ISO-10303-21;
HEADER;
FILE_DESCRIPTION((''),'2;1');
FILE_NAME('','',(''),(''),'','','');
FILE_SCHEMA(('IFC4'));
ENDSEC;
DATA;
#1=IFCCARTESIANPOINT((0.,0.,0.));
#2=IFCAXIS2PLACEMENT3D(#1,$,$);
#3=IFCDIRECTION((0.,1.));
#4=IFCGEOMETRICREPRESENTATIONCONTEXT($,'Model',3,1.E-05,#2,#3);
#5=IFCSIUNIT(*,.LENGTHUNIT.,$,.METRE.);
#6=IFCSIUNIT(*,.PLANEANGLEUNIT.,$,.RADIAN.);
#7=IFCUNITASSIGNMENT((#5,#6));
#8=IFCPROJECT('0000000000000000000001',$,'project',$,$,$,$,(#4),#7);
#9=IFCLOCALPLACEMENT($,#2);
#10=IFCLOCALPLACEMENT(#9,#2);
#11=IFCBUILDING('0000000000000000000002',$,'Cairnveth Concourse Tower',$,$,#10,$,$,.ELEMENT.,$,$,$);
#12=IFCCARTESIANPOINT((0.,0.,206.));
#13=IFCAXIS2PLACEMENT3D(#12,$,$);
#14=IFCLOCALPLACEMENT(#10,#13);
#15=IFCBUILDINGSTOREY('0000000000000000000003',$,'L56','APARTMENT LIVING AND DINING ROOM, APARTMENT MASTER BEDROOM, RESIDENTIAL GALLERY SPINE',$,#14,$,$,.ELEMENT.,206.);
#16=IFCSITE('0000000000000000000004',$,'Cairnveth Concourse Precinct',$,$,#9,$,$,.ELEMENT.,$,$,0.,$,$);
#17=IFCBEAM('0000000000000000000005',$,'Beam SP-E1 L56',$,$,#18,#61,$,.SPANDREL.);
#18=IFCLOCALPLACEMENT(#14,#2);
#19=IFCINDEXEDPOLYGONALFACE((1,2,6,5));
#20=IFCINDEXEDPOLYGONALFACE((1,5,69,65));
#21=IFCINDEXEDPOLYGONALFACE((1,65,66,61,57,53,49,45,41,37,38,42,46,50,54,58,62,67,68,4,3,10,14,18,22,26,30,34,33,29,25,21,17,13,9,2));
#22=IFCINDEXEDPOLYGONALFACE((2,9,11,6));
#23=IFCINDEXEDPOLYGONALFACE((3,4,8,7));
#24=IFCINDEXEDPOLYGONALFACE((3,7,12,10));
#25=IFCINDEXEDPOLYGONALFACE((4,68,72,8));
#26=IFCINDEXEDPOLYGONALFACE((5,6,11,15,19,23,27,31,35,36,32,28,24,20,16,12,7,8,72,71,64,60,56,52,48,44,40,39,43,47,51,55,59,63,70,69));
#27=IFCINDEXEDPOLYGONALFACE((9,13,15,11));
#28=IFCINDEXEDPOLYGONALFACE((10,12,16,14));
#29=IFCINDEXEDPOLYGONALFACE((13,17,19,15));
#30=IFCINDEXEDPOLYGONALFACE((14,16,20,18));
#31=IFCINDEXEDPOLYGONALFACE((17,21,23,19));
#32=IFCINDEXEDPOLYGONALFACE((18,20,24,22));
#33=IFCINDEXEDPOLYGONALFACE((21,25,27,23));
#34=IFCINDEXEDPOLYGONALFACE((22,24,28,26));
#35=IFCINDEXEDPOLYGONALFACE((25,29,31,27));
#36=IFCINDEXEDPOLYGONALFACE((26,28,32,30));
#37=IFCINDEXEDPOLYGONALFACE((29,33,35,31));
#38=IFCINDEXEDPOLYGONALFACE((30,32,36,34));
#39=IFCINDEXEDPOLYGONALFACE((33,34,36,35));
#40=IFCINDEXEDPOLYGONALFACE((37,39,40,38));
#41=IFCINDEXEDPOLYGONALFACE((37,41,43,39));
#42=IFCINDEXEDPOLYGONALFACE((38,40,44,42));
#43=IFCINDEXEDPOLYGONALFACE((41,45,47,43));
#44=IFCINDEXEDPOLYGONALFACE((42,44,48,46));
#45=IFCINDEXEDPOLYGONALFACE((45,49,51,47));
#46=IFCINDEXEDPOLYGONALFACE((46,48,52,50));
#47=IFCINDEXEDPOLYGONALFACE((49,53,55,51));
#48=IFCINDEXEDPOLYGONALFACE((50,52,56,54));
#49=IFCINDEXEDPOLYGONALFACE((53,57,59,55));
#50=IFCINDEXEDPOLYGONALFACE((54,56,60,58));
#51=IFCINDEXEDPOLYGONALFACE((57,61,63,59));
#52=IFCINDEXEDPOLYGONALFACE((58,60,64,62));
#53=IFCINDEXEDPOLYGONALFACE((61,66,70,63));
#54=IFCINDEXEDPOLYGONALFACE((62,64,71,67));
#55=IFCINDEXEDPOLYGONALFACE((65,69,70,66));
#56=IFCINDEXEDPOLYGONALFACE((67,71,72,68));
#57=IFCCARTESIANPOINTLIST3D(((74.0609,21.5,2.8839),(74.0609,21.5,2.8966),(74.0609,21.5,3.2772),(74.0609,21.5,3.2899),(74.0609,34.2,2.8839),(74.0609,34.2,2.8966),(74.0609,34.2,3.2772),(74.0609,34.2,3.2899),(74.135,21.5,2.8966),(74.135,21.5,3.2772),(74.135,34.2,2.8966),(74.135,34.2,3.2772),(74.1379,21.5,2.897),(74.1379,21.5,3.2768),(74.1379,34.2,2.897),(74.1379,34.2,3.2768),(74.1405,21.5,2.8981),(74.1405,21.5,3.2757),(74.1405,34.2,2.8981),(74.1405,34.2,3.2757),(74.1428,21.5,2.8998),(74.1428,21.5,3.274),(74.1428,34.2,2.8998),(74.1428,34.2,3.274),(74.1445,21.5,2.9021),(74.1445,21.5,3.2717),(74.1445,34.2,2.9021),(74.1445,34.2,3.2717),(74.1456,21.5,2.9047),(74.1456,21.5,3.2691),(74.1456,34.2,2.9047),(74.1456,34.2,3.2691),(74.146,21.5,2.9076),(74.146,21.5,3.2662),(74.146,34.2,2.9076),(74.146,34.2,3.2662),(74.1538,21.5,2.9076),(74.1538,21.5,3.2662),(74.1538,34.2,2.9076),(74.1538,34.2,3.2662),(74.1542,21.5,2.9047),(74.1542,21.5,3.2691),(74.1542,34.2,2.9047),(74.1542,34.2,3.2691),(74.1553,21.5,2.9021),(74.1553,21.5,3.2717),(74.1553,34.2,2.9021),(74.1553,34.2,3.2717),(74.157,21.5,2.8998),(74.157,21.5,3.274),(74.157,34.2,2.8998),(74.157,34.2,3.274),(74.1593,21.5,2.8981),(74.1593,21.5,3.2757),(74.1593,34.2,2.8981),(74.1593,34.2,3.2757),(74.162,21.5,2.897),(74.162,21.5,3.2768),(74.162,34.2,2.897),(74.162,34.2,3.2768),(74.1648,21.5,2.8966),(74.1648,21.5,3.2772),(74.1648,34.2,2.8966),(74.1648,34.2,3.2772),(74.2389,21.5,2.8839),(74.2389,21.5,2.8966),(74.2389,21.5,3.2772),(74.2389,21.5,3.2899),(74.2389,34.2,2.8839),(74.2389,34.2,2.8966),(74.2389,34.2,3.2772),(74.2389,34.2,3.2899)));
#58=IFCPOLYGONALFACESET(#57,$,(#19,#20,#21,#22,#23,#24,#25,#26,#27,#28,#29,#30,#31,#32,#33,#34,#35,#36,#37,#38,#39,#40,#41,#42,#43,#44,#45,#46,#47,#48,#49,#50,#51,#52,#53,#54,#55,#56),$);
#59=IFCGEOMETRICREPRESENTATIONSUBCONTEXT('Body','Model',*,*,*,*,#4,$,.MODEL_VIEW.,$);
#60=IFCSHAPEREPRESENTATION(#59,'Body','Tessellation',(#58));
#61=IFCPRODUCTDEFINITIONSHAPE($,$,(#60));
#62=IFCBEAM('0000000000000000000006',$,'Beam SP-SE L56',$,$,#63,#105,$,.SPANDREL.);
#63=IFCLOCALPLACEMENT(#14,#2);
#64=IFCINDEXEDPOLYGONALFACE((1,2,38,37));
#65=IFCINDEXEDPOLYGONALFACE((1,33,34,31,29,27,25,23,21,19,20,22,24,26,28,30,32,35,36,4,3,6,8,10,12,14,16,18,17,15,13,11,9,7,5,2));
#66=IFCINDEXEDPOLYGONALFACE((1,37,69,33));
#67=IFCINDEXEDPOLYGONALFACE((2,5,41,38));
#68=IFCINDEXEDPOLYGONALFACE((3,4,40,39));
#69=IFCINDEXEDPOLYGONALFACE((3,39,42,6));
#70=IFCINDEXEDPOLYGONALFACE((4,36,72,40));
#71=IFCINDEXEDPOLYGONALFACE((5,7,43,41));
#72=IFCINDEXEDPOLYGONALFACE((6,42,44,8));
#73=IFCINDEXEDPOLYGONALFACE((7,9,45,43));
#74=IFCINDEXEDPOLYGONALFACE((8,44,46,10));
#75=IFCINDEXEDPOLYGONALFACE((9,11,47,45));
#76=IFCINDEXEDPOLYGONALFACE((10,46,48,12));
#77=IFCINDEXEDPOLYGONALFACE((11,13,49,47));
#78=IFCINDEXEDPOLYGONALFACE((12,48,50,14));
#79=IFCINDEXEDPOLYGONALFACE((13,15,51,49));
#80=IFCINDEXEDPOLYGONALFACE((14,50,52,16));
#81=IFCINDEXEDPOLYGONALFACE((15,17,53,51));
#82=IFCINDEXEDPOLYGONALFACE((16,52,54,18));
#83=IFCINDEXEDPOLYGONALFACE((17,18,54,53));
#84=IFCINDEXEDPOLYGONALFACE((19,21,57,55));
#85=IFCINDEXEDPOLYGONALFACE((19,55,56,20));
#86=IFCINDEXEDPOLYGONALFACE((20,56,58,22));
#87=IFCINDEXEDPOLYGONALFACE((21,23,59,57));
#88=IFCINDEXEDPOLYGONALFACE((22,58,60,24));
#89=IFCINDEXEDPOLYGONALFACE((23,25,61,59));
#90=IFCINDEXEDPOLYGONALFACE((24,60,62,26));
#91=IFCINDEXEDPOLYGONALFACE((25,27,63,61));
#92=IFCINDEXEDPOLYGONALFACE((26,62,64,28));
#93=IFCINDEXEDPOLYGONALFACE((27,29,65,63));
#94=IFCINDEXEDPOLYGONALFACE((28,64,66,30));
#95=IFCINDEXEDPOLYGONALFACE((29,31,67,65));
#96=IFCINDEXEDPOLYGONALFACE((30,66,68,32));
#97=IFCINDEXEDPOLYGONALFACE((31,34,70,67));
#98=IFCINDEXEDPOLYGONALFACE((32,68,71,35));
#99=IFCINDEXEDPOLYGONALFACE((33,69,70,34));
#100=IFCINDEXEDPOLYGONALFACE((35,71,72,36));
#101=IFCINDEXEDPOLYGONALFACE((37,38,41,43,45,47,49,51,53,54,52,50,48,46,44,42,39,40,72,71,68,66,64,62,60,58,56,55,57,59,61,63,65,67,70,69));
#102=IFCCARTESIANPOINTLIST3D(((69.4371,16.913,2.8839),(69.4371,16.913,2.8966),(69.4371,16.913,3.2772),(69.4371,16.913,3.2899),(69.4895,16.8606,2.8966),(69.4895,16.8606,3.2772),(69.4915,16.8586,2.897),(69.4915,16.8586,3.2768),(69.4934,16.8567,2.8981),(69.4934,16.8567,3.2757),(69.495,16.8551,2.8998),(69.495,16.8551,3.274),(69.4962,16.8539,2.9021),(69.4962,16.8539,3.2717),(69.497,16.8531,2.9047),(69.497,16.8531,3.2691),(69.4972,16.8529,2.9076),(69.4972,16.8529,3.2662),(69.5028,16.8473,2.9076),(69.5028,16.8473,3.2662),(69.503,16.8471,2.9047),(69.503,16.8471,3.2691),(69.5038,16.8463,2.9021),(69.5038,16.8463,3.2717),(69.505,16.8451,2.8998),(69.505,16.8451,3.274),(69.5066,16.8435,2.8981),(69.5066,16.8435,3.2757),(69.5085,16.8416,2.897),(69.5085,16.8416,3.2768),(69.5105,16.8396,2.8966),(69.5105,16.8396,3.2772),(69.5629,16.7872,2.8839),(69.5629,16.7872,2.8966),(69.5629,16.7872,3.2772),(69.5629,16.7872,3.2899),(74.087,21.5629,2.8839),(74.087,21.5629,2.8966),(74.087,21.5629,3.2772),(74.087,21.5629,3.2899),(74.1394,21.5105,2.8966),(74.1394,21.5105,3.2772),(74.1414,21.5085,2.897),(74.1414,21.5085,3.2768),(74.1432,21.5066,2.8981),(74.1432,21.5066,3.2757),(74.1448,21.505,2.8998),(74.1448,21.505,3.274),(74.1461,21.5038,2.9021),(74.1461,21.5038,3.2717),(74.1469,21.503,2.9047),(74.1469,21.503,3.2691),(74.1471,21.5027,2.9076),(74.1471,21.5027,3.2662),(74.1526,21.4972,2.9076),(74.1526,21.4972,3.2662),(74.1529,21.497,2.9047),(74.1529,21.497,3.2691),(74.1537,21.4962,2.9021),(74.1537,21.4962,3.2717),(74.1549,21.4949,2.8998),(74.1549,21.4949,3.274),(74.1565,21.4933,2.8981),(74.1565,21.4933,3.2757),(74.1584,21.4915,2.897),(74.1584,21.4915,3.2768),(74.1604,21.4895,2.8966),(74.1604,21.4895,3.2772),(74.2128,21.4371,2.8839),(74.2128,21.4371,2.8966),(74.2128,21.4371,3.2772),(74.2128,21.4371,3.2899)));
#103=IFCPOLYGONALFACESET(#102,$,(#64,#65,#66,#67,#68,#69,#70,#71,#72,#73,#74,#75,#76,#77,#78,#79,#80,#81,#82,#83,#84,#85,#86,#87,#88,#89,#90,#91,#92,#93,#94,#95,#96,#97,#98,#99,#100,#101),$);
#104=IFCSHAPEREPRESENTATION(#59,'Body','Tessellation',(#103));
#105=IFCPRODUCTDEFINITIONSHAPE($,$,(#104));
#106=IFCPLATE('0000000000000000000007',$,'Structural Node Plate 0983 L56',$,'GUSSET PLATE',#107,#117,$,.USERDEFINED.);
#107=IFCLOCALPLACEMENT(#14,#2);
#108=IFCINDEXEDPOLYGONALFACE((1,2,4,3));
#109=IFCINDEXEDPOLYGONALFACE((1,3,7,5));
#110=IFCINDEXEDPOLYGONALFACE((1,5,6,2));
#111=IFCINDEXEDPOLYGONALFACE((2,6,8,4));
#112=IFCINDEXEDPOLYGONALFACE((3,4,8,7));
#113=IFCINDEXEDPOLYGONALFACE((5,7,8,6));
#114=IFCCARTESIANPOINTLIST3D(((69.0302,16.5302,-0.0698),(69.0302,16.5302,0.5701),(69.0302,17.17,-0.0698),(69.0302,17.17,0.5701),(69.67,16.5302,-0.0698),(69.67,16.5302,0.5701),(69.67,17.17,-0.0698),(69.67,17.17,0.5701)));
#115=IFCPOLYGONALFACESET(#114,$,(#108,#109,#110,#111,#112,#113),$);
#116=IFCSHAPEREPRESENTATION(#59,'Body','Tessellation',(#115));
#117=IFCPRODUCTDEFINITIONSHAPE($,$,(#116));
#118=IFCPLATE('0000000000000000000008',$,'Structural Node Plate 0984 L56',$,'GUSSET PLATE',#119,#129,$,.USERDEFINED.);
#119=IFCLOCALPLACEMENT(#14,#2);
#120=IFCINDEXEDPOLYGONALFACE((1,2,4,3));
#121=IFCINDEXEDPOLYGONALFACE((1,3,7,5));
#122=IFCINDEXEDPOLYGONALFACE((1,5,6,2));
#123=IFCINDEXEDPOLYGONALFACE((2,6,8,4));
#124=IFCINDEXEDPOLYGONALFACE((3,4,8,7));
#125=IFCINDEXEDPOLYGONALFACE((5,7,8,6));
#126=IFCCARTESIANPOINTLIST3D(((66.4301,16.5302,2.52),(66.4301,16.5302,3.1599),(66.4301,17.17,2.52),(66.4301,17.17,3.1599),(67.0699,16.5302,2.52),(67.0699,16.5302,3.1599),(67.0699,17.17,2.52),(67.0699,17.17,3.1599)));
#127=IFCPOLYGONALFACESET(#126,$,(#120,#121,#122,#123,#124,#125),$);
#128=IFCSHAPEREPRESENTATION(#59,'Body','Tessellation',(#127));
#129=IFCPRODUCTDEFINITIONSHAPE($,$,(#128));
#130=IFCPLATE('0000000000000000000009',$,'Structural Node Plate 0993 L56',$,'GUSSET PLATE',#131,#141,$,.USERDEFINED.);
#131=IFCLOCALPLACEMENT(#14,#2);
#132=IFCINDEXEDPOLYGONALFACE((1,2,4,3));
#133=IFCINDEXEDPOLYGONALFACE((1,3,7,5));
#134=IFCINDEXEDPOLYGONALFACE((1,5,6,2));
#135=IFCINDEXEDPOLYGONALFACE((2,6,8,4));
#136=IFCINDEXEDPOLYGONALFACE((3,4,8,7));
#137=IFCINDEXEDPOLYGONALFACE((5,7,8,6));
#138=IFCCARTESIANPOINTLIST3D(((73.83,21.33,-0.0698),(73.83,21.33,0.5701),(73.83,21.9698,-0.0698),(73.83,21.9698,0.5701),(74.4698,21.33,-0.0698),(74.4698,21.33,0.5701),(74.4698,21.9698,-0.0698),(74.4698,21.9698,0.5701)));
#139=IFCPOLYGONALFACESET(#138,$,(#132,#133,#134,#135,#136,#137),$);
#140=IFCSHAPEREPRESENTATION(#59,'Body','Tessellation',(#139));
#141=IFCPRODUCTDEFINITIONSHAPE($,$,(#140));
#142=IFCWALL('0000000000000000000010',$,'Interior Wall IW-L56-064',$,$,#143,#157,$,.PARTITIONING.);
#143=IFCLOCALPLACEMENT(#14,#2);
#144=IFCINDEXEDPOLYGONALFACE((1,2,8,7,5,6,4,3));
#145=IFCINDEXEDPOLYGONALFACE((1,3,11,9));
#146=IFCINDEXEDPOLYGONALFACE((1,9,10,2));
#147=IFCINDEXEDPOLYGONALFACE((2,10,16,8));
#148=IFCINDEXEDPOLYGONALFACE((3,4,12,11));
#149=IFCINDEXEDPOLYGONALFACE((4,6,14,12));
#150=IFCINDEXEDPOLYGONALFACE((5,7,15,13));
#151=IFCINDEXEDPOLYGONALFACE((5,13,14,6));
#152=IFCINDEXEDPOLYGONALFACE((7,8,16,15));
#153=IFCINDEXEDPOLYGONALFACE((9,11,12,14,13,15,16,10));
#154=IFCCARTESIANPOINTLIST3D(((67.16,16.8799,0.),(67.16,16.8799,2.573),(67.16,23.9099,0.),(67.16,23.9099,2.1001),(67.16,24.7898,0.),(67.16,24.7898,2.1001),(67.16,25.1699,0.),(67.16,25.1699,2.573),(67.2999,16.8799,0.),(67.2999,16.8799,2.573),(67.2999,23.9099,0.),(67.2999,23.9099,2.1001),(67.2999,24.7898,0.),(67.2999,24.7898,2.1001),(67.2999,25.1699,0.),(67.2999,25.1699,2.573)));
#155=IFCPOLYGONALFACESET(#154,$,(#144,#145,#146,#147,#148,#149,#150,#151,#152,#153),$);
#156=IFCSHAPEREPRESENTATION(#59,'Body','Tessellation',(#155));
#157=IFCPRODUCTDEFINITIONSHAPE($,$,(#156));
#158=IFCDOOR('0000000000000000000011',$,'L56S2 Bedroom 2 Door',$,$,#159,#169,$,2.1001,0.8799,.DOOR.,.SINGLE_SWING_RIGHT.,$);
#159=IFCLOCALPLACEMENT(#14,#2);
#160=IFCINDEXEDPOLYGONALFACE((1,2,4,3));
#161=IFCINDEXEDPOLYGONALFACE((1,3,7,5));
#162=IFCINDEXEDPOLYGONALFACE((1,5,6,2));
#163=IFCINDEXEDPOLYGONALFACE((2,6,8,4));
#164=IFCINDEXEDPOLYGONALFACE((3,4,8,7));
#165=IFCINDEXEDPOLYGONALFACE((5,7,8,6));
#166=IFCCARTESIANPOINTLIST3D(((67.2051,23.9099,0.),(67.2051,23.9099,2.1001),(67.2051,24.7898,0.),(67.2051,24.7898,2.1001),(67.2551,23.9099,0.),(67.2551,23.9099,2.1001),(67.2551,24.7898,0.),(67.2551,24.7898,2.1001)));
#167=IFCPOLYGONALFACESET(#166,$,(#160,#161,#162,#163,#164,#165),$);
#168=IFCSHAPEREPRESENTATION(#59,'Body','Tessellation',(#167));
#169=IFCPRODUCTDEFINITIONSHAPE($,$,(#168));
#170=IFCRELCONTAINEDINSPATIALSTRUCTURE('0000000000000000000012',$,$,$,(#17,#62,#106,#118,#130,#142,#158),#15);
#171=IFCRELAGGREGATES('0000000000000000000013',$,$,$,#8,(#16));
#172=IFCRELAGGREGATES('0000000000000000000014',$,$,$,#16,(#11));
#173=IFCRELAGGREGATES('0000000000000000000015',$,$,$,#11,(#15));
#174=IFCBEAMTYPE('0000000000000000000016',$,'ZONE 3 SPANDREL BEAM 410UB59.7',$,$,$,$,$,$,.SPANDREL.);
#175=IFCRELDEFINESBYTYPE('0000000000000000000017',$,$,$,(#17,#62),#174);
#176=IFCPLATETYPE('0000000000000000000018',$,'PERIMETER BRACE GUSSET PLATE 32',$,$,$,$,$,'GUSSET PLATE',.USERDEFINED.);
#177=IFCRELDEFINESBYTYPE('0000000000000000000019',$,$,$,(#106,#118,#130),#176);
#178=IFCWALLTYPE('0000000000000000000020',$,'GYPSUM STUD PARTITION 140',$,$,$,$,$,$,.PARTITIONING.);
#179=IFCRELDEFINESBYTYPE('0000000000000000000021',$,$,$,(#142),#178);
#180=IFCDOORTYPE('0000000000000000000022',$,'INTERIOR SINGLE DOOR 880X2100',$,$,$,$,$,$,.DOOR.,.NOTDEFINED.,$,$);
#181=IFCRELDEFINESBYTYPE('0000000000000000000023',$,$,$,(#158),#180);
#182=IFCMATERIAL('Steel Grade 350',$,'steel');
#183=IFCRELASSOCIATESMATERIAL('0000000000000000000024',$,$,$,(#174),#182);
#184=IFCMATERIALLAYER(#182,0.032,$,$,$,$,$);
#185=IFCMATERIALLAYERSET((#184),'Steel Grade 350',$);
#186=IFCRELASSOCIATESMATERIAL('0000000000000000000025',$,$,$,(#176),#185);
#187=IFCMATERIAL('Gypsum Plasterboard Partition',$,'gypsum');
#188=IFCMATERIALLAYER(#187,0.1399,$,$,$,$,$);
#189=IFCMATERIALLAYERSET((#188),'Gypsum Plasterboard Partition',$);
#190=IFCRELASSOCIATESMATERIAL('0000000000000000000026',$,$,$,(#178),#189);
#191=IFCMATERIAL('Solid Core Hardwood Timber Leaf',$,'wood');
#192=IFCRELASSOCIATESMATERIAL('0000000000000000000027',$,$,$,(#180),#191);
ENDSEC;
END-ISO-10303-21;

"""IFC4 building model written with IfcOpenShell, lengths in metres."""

from ifc_helpers import new_model, si_unit, direction, frame, frame_2d, origin, origin_2d, place, context, subcontext, project, spatial, rectangle, i_section, extrude, material, layer, layer_set, material_profile, profile_set, type_object, element, fill, save


model = new_model("IFC4")

# Units and contexts
model_context = context("Model", 3, precision=1e-05, world=origin(), true_north=direction((0.0, 1.0)))
body_context = subcontext(model_context, "Body", "Model", "MODEL_VIEW")
ifc_project = project(units=[si_unit("LENGTHUNIT", "METRE"), si_unit("PLANEANGLEUNIT", "RADIAN")], contexts=[model_context])

# Site, building, storey
site_placement = place(None, origin())
site = spatial("IfcSite", under=ifc_project, at=site_placement, Name="Cairnveth Concourse Precinct", CompositionType="ELEMENT", RefElevation=0.0)
building_placement = place(site_placement, origin())
building = spatial("IfcBuilding", under=site, at=building_placement, Name="Cairnveth Concourse Tower", CompositionType="ELEMENT")
storey_placement = place(building_placement, frame((0.0, 0.0, 206.0)))
storey = spatial("IfcBuildingStorey", under=building, at=storey_placement, Name="L56", Description="APARTMENT LIVING AND DINING ROOM, APARTMENT MASTER BEDROOM, RESIDENTIAL GALLERY SPINE", CompositionType="ELEMENT", Elevation=206.0)

# Shared definitions
ifc_material_1 = material(Name="Steel Grade 350", Category="steel")

# Beams
ifc_material_profile_1 = material_profile(ifc_material_1, i_section(OverallWidth=0.178, OverallDepth=0.406, WebThickness=0.0078, FlangeThickness=0.0127, FilletRadius=0.011, at=origin_2d()), Name="410UB59.7")
ifc_profile_set_1 = profile_set([ifc_material_profile_1], Name="Steel Grade 350")
beam_type_1 = type_object("IfcBeamType", Name="ZONE 3 SPANDREL BEAM 410UB59.7", PredefinedType="SPANDREL", material=ifc_profile_set_1)
beam_1_placement = place(storey_placement, frame((74.1499, 21.5, 3.0869), z_axis=(0.0, 1.0, 0.0), x_axis=(-1.0, 0.0, 0.0)))
element("IfcBeam", 1, at=beam_1_placement, inside=storey, type_object=beam_type_1, Name="Beam SP-E1 L56", PredefinedType="SPANDREL", context=body_context, shape_type="SweptSolid", body=[
    extrude(i_section(OverallWidth=0.178, OverallDepth=0.406, WebThickness=0.0078, FlangeThickness=0.0127, FilletRadius=0.011, at=origin_2d()), origin(), (0.0, 0.0, 1.0), 12.7),
])
beam_2_placement = place(storey_placement, frame((69.5, 16.8501, 3.0869), z_axis=(0.707107, 0.707107, 0.0), x_axis=(-0.707107, 0.707107, 0.0)))
element("IfcBeam", 2, at=beam_2_placement, inside=storey, type_object=beam_type_1, Name="Beam SP-SE L56", PredefinedType="SPANDREL", context=body_context, shape_type="SweptSolid", body=[
    extrude(i_section(OverallWidth=0.178, OverallDepth=0.406, WebThickness=0.0078, FlangeThickness=0.0127, FilletRadius=0.011, at=origin_2d()), origin(), (0.0, 0.0, 1.0), 6.5759),
])

# Plates
ifc_layer_1 = layer(ifc_material_1, 0.032)
ifc_layer_set_1 = layer_set([ifc_layer_1], Name="Steel Grade 350")
plate_type = type_object("IfcPlateType", Name="PERIMETER BRACE GUSSET PLATE 32", ElementType="GUSSET PLATE", PredefinedType="USERDEFINED", material=ifc_layer_set_1)
for number, where, z_axis, x_axis, name in (
    (3, (69.3501, 16.8501, -0.0698), (0.0, 0.0, 1.0), (1.0, 0.0, 0.0), "Structural Node Plate 0983 L56"),
    (4, (66.75, 16.8501, 2.52), (0.0, 0.0, 1.0), (1.0, 0.0, 0.0), "Structural Node Plate 0984 L56"),
    (5, (74.1499, 21.6499, -0.0698), (0.0, 0.0, 1.0), (1.0, 0.0, 0.0), "Structural Node Plate 0993 L56"),
):
    element("IfcPlate", number, at=place(storey_placement, frame(where, z_axis=z_axis, x_axis=x_axis)), inside=storey, type_object=plate_type, Name=name, ObjectType="GUSSET PLATE", PredefinedType="USERDEFINED", context=body_context, shape_type="SweptSolid", body=[
        extrude(rectangle(XDim=0.6399, YDim=0.6399, at=origin_2d()), origin(), (0.0, 0.0, 1.0), 0.6399),
    ])

# Wall, opening, door
ifc_material_2 = material(Name="Gypsum Plasterboard Partition", Category="gypsum")
ifc_layer_2 = layer(ifc_material_2, 0.1399)
ifc_layer_set_2 = layer_set([ifc_layer_2], Name="Gypsum Plasterboard Partition")
wall_type_1 = type_object("IfcWallType", Name="GYPSUM STUD PARTITION 140", PredefinedType="PARTITIONING", material=ifc_layer_set_2)
wall_1_placement = place(storey_placement, frame((67.23, 16.8799, 0.0), z_axis=(0.0, 0.0, 1.0), x_axis=(0.0, 1.0, 0.0)))
wall_1 = element("IfcWall", 6, at=wall_1_placement, inside=storey, type_object=wall_type_1, Name="Interior Wall IW-L56-064", PredefinedType="PARTITIONING", context=body_context, shape_type="SweptSolid", body=[
    extrude(rectangle(XDim=8.29, YDim=0.1399, at=frame_2d((4.145, 0.0))), origin(), (0.0, 0.0, 1.0), 2.573),
])
opening_1_placement = place(wall_1_placement, frame((7.03, 0.0, 0.0)))
opening_1 = element("IfcOpeningElement", 7, at=opening_1_placement, cuts=wall_1, PredefinedType="OPENING", context=body_context, shape_type="SweptSolid", body=[
    extrude(rectangle(XDim=0.8799, YDim=2.1001, at=frame_2d((0.4399, 1.05))), frame((0.0, 0.0798, 0.0), z_axis=(0.0, -1.0, 0.0), x_axis=(1.0, 0.0, 0.0)), (0.0, 0.0, 1.0), 0.1599),
])
ifc_material_3 = material(Name="Solid Core Hardwood Timber Leaf", Category="wood")
door_type = type_object("IfcDoorType", Name="INTERIOR SINGLE DOOR 880X2100", OperationType="NOTDEFINED", PredefinedType="DOOR", material=ifc_material_3)
door_1_placement = place(opening_1_placement, origin())
door_1 = element("IfcDoor", 8, at=door_1_placement, inside=storey, type_object=door_type, Name="L56S2 Bedroom 2 Door", OperationType="SINGLE_SWING_RIGHT", OverallHeight=2.1001, OverallWidth=0.8799, PredefinedType="DOOR", context=body_context, shape_type="SweptSolid", body=[
    extrude(rectangle(XDim=0.8799, YDim=2.1001, at=frame_2d((0.4399, 1.05))), frame((0.0, 0.0249, 0.0), z_axis=(0.0, -1.0, 0.0), x_axis=(1.0, 0.0, 0.0)), (0.0, 0.0, 1.0), 0.05),
])
fill(opening_1, door_1)

save(model, "model.ifc")
